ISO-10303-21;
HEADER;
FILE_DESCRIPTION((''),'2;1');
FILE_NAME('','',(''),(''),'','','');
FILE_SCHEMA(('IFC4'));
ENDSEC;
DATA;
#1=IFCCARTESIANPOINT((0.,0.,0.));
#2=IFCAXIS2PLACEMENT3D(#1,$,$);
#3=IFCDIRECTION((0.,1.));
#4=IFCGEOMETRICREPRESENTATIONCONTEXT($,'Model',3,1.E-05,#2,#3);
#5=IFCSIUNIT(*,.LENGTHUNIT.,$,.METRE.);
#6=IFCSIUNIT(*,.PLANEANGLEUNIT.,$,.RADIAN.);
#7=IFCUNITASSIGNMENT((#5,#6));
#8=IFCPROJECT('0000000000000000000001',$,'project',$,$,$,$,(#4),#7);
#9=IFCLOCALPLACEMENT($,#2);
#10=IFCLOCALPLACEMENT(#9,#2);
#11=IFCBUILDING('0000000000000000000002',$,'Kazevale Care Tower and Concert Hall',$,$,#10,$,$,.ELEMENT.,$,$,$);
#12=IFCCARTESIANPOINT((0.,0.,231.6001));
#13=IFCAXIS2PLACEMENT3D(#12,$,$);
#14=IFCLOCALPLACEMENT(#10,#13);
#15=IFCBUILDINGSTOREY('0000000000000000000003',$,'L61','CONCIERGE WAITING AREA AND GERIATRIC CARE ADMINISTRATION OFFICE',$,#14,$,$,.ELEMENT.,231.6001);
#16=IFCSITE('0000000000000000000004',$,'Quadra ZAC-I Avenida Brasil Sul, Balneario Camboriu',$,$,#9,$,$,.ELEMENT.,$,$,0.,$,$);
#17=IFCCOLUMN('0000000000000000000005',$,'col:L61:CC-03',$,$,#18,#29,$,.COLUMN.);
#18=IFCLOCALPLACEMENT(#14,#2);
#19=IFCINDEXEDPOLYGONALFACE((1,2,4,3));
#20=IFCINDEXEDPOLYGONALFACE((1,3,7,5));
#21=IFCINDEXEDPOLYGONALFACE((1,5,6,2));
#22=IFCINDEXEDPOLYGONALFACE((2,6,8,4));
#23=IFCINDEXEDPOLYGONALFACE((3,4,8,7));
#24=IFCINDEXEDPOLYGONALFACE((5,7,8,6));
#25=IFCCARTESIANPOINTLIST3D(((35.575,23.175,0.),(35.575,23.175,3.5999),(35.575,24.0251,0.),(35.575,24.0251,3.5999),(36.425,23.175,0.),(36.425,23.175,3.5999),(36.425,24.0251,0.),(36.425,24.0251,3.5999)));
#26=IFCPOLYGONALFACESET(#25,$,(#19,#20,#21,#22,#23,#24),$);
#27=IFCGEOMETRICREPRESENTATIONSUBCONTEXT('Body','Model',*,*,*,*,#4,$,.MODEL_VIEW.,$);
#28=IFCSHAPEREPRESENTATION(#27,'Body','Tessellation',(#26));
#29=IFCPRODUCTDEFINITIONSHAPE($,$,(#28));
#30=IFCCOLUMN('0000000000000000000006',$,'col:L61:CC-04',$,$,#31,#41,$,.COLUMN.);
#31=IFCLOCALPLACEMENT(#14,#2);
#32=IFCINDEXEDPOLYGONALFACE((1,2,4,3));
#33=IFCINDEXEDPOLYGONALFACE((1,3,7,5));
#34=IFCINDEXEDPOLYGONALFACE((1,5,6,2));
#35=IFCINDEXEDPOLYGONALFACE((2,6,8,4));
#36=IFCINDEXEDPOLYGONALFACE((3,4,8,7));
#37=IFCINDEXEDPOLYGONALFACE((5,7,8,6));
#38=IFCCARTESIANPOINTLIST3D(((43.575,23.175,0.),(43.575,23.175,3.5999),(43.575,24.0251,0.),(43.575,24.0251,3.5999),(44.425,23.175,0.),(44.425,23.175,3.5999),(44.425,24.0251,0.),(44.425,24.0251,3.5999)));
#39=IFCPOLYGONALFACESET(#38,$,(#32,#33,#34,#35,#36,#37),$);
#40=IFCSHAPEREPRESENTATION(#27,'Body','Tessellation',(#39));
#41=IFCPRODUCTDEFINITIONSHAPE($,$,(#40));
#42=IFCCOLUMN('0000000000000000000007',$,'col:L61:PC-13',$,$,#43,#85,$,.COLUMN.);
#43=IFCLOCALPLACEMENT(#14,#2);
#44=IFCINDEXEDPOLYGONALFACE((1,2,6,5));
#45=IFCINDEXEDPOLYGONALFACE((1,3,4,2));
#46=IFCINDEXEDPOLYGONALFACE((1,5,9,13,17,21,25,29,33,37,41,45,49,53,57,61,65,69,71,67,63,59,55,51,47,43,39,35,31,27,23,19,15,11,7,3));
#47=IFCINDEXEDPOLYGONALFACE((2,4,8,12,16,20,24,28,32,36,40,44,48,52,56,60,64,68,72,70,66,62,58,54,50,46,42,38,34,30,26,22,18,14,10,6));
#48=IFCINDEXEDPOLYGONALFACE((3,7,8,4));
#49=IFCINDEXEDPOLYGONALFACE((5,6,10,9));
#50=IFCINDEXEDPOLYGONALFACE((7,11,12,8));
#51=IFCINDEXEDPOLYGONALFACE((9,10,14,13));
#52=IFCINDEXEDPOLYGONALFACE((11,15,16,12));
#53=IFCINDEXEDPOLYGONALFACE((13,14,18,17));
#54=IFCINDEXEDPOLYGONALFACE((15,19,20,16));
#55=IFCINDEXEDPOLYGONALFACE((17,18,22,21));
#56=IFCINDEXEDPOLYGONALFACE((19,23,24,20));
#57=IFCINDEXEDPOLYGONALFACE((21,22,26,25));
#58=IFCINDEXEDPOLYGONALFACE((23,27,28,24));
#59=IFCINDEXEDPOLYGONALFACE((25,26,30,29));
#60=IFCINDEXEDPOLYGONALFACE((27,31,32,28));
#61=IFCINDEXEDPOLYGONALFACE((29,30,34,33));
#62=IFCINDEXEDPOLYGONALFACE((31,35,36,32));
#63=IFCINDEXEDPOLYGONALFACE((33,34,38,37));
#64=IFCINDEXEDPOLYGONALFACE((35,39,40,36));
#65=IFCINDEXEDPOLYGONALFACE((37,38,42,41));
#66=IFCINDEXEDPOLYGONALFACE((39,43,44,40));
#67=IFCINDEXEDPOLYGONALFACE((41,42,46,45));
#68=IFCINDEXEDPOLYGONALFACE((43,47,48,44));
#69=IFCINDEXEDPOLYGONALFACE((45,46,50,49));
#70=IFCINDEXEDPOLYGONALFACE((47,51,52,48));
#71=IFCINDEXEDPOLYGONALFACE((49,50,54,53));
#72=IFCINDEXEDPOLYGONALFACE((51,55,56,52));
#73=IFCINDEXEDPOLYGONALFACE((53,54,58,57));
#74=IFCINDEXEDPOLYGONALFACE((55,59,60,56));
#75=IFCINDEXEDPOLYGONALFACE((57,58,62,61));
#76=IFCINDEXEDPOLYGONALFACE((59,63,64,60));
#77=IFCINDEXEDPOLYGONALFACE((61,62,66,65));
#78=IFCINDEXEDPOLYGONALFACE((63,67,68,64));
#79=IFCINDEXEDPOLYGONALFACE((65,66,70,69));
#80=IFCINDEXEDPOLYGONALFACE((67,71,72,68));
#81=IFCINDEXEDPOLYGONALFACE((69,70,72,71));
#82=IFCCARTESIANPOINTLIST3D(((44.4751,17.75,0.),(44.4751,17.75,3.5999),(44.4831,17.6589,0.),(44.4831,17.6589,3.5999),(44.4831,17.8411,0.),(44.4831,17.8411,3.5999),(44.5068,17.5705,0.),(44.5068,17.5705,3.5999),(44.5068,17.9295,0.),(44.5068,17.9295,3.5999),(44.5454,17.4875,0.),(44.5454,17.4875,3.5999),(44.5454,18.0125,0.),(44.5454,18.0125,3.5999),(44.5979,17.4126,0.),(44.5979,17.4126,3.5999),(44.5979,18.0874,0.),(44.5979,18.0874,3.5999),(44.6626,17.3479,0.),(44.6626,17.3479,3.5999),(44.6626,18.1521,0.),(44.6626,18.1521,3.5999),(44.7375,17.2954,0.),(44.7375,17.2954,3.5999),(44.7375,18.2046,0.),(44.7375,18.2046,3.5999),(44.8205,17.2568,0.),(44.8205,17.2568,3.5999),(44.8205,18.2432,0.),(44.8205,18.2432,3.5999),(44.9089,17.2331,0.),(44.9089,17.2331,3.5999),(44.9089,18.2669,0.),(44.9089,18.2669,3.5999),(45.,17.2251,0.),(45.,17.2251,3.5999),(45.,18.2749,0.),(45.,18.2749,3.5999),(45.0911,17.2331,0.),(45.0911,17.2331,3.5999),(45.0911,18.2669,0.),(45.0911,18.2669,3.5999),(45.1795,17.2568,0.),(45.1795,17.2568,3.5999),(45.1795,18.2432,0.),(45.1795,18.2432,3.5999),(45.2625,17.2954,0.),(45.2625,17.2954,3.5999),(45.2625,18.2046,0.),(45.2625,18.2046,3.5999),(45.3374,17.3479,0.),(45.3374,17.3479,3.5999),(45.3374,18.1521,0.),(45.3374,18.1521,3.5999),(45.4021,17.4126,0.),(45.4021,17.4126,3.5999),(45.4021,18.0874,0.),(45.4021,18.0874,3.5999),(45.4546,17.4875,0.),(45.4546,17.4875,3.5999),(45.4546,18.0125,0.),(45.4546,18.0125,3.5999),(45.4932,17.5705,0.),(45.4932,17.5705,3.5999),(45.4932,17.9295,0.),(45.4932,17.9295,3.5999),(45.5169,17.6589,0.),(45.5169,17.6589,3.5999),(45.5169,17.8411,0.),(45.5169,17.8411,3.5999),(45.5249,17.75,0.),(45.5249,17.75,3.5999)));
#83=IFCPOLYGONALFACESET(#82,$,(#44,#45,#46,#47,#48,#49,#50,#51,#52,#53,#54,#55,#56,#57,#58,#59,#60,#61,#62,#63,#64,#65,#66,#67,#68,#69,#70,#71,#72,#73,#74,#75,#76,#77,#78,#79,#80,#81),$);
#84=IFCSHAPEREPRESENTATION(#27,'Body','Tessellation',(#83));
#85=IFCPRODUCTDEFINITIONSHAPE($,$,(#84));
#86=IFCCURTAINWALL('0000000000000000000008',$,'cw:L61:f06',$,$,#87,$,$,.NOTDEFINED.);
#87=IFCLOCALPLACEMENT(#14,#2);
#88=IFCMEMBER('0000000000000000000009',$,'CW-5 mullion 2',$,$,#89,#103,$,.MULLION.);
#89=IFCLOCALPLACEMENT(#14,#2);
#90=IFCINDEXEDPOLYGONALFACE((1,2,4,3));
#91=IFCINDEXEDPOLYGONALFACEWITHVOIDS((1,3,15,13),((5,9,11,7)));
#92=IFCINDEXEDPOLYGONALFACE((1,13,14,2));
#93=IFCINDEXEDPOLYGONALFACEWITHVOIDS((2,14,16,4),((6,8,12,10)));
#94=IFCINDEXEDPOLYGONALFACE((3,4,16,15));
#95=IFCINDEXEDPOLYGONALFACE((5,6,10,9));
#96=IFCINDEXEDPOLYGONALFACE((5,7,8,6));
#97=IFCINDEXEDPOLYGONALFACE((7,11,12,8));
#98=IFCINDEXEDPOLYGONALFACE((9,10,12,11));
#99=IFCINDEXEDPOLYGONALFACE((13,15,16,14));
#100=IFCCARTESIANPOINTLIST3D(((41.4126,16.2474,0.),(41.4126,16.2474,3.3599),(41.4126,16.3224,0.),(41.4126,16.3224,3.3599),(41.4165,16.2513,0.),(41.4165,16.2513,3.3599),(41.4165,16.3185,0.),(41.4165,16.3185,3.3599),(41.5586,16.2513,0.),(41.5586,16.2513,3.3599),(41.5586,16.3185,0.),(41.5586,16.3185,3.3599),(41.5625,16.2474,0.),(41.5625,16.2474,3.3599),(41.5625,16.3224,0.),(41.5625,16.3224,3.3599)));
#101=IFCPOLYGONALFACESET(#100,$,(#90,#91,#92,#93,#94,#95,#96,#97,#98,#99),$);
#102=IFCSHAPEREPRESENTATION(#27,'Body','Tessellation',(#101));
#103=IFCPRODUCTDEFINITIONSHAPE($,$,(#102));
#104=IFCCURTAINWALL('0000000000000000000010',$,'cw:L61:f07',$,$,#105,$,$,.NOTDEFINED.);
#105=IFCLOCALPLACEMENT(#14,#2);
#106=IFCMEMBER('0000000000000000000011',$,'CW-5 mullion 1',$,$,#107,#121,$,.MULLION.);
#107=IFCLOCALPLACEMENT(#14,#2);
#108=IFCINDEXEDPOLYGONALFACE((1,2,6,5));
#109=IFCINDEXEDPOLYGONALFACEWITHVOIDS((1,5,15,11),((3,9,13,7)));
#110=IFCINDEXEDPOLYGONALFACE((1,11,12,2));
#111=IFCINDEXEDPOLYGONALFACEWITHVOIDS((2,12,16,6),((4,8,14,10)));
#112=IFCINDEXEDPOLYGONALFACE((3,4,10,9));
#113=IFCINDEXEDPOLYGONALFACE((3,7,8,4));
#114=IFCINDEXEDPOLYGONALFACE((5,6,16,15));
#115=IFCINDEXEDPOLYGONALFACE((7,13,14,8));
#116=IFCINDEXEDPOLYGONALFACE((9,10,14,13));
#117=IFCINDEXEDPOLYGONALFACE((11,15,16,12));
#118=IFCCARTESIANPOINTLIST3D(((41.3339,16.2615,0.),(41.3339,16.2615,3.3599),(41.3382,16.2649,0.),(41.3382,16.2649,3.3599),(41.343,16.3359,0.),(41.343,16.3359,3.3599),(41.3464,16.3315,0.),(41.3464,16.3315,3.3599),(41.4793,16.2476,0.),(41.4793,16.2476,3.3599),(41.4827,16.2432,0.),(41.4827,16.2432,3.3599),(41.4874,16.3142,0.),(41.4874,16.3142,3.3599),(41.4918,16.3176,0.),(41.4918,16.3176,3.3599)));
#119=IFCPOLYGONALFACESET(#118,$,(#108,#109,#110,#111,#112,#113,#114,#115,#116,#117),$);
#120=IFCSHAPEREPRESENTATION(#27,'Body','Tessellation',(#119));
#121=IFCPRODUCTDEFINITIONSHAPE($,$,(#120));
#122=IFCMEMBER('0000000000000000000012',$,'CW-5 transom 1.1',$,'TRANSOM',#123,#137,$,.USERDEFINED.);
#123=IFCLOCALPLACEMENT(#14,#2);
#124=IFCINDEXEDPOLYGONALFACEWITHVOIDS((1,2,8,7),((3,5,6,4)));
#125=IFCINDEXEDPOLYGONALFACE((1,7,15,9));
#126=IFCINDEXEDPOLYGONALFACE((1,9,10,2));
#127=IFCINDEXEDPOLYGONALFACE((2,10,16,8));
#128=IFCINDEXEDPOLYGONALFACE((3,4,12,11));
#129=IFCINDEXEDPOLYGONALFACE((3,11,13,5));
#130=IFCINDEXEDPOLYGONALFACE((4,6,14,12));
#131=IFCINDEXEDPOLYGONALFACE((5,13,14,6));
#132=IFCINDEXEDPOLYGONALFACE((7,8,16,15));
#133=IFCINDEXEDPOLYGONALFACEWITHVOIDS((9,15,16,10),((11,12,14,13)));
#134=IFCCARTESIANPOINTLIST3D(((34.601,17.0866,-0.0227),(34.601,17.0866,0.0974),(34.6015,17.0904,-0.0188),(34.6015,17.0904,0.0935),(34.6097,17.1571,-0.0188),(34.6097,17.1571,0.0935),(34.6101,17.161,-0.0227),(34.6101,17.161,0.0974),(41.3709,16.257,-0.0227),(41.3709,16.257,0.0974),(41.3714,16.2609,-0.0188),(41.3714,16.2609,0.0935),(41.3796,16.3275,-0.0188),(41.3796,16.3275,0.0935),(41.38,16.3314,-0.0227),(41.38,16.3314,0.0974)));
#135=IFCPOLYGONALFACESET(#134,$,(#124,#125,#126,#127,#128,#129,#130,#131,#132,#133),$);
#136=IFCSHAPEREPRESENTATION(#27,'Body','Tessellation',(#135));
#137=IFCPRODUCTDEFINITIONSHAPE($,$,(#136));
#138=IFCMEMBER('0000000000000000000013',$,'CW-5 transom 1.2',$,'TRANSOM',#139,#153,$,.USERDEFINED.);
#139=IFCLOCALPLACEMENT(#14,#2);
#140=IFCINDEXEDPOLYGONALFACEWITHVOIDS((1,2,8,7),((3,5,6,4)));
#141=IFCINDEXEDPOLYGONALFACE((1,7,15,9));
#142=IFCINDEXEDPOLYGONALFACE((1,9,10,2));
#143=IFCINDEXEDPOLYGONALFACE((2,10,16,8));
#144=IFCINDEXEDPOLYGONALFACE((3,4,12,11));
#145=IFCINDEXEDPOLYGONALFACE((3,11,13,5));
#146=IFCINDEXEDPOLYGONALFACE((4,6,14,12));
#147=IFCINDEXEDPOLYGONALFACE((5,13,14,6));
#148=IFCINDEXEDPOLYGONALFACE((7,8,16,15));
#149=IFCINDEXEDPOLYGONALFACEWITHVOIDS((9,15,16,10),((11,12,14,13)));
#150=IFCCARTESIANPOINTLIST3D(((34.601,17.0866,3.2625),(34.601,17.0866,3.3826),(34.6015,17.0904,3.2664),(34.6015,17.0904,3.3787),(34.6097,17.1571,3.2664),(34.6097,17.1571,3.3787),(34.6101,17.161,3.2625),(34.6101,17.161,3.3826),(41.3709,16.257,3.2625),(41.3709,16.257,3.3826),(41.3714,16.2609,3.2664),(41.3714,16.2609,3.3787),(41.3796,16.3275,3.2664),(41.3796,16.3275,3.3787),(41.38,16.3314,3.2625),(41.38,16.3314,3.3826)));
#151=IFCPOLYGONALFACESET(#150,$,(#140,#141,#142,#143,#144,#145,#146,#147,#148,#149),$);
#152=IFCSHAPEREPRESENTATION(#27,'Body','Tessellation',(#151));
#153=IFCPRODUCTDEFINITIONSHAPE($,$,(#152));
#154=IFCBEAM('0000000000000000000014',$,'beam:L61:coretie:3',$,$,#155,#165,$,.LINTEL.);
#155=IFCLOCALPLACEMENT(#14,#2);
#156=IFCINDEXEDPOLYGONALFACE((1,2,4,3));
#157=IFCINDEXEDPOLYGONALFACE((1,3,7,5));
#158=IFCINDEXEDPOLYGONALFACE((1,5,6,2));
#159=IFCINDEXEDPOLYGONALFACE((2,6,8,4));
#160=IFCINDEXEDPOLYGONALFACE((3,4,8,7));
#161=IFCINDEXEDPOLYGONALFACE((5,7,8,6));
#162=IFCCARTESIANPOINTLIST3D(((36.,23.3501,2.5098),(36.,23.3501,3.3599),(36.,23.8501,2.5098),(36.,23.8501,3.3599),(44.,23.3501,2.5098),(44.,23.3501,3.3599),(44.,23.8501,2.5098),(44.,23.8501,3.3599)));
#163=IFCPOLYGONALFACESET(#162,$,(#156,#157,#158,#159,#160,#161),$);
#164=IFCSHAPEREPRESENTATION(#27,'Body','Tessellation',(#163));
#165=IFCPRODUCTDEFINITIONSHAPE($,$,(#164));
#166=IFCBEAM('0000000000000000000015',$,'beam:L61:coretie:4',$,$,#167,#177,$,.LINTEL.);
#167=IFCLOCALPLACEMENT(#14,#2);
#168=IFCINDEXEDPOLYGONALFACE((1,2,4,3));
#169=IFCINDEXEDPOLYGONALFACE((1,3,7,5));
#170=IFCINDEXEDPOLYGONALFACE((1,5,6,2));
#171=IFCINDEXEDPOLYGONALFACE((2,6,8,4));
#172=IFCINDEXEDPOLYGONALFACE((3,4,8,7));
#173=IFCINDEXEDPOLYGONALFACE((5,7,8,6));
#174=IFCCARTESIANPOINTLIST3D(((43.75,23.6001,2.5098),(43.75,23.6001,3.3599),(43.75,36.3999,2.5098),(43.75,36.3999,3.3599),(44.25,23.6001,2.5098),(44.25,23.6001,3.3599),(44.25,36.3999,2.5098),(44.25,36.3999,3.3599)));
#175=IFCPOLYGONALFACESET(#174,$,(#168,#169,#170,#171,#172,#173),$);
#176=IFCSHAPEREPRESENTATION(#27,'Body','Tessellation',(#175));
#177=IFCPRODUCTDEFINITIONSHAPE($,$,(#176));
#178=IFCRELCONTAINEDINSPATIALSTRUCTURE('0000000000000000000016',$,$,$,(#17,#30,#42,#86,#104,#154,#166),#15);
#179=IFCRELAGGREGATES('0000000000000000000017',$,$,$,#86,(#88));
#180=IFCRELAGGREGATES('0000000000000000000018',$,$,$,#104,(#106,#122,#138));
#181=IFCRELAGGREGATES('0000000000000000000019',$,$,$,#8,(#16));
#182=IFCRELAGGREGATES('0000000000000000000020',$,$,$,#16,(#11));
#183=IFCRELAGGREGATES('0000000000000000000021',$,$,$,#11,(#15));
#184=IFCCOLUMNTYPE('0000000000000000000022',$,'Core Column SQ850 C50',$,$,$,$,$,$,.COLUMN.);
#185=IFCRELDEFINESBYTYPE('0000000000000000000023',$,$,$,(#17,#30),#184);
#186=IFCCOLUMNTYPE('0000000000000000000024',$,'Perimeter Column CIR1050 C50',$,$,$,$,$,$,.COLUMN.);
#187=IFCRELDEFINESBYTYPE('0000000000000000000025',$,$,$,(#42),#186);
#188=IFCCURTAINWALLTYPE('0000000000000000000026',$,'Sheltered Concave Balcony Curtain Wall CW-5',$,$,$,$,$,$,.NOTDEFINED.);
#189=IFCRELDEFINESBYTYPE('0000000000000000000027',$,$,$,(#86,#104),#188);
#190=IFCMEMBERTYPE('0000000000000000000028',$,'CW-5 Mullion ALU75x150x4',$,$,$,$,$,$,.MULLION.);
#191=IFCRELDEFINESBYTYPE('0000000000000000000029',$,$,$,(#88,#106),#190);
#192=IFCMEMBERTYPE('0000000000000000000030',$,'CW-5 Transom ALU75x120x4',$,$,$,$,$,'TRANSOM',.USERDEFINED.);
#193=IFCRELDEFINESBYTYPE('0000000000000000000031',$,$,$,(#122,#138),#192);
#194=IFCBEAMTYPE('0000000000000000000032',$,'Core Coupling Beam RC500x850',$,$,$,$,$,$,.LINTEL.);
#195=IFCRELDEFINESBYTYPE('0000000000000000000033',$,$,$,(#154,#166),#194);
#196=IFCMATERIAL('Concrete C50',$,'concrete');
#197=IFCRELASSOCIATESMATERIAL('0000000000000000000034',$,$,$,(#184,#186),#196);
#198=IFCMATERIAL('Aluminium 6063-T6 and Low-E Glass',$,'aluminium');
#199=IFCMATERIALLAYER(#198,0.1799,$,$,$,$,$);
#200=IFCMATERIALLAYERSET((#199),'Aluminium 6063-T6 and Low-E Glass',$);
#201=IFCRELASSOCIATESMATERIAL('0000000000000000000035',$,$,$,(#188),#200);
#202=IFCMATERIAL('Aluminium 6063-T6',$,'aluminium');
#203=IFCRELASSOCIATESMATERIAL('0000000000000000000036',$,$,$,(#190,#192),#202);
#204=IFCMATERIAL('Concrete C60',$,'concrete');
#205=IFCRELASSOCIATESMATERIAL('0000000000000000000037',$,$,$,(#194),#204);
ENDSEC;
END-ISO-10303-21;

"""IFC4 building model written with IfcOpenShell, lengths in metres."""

from ifc_helpers import new_model, si_unit, direction, frame, origin, origin_2d, place, context, subcontext, project, spatial, rectangle, hollow_rectangle, circle, extrude, material, layer, layer_set, material_profile, profile_set, type_object, element, aggregate, save


model = new_model("IFC4")

# Units and contexts
model_context = context("Model", 3, precision=1e-05, world=origin(), true_north=direction((0.0, 1.0)))
body_context = subcontext(model_context, "Body", "Model", "MODEL_VIEW")
ifc_project = project(units=[si_unit("LENGTHUNIT", "METRE"), si_unit("PLANEANGLEUNIT", "RADIAN")], contexts=[model_context])

# Site, building, storey
site_placement = place(None, origin())
site = spatial("IfcSite", under=ifc_project, at=site_placement, Name="Quadra ZAC-I Avenida Brasil Sul, Balneario Camboriu", CompositionType="ELEMENT", RefElevation=0.0)
building_placement = place(site_placement, origin())
building = spatial("IfcBuilding", under=site, at=building_placement, Name="Kazevale Care Tower and Concert Hall", CompositionType="ELEMENT")
storey_placement = place(building_placement, frame((0.0, 0.0, 231.6001)))
storey = spatial("IfcBuildingStorey", under=building, at=storey_placement, Name="L61", Description="CONCIERGE WAITING AREA AND GERIATRIC CARE ADMINISTRATION OFFICE", CompositionType="ELEMENT", Elevation=231.6001)

# Columns
ifc_material_1 = material(Name="Concrete C50", Category="concrete")
ifc_material_profile_1 = material_profile(ifc_material_1, rectangle(XDim=0.8501, YDim=0.8501, at=origin_2d()), Name="RC-SQ850")
ifc_profile_set_1 = profile_set([ifc_material_profile_1], Name="Concrete C50")
column_type_1 = type_object("IfcColumnType", Name="Core Column SQ850 C50", PredefinedType="COLUMN", material=ifc_profile_set_1)
for number, where, z_axis, x_axis, name in (
    (1, (36.0, 23.6001, 0.0), (0.0, 0.0, 1.0), (1.0, 0.0, 0.0), "col:L61:CC-03"),
    (2, (44.0, 23.6001, 0.0), (0.0, 0.0, 1.0), (1.0, 0.0, 0.0), "col:L61:CC-04"),
):
    element("IfcColumn", number, at=place(storey_placement, frame(where, z_axis=z_axis, x_axis=x_axis)), inside=storey, type_object=column_type_1, Name=name, PredefinedType="COLUMN", context=body_context, shape_type="SweptSolid", body=[
        extrude(rectangle(XDim=0.8501, YDim=0.8501, at=origin_2d()), origin(), (0.0, 0.0, 1.0), 3.5999),
    ])
ifc_material_profile_2 = material_profile(ifc_material_1, circle(Radius=0.5249, at=origin_2d()), Name="RC-CIR1050")
ifc_profile_set_2 = profile_set([ifc_material_profile_2], Name="Concrete C50")
column_type_2 = type_object("IfcColumnType", Name="Perimeter Column CIR1050 C50", PredefinedType="COLUMN", material=ifc_profile_set_2)
column_placement = place(storey_placement, frame((45.0, 17.75, 0.0), z_axis=(0.0, 0.0, 1.0), x_axis=(1.0, 0.0, 0.0)))
element("IfcColumn", 3, at=column_placement, inside=storey, type_object=column_type_2, Name="col:L61:PC-13", PredefinedType="COLUMN", context=body_context, shape_type="SweptSolid", body=[
    extrude(circle(Radius=0.5249, at=origin_2d()), origin(), (0.0, 0.0, 1.0), 3.5999),
])

# Curtain wall, member
ifc_material_2 = material(Name="Aluminium 6063-T6 and Low-E Glass", Category="aluminium")
ifc_layer_1 = layer(ifc_material_2, 0.1799)
ifc_layer_set_1 = layer_set([ifc_layer_1], Name="Aluminium 6063-T6 and Low-E Glass")
curtain_wall_type = type_object("IfcCurtainWallType", Name="Sheltered Concave Balcony Curtain Wall CW-5", PredefinedType="NOTDEFINED", material=ifc_layer_set_1)
curtain_wall_1_placement = place(storey_placement, origin())
curtain_wall_1 = element("IfcCurtainWall", 4, at=curtain_wall_1_placement, inside=storey, type_object=curtain_wall_type, Name="cw:L61:f06", PredefinedType="NOTDEFINED")
ifc_material_3 = material(Name="Aluminium 6063-T6", Category="aluminium")
ifc_material_profile_3 = material_profile(ifc_material_3, hollow_rectangle(XDim=0.075, YDim=0.1499, WallThickness=0.0039, at=origin_2d()), Name="ALU75x150x4")
ifc_profile_set_3 = profile_set([ifc_material_profile_3], Name="Aluminium 6063-T6")
member_type_1 = type_object("IfcMemberType", Name="CW-5 Mullion ALU75x150x4", PredefinedType="MULLION", material=ifc_profile_set_3)
member_1_placement = place(storey_placement, frame((41.4875, 16.2849, 0.0), z_axis=(0.0, 0.0, 1.0), x_axis=(0.0, -1.0, 0.0)))
member_1 = element("IfcMember", 5, at=member_1_placement, type_object=member_type_1, Name="CW-5 mullion 2", PredefinedType="MULLION", context=body_context, shape_type="SweptSolid", body=[
    extrude(hollow_rectangle(XDim=0.075, YDim=0.1499, WallThickness=0.0039, at=origin_2d()), origin(), (0.0, 0.0, 1.0), 3.3599),
])

# Curtain wall, members
curtain_wall_2_placement = place(storey_placement, origin())
curtain_wall_2 = element("IfcCurtainWall", 6, at=curtain_wall_2_placement, inside=storey, type_object=curtain_wall_type, Name="cw:L61:f07", PredefinedType="NOTDEFINED")
member_2_placement = place(storey_placement, frame((41.4128, 16.2896, 0.0), z_axis=(0.0, 0.0, 1.0), x_axis=(-0.121651, -0.992573, 0.0)))
member_2 = element("IfcMember", 7, at=member_2_placement, type_object=member_type_1, Name="CW-5 mullion 1", PredefinedType="MULLION", context=body_context, shape_type="SweptSolid", body=[
    extrude(hollow_rectangle(XDim=0.075, YDim=0.1499, WallThickness=0.0039, at=origin_2d()), origin(), (0.0, 0.0, 1.0), 3.3599),
])
ifc_material_profile_4 = material_profile(ifc_material_3, hollow_rectangle(XDim=0.075, YDim=0.1201, WallThickness=0.0039, at=origin_2d()), Name="ALU75x120x4")
ifc_profile_set_4 = profile_set([ifc_material_profile_4], Name="Aluminium 6063-T6")
member_type_2 = type_object("IfcMemberType", Name="CW-5 Transom ALU75x120x4", ElementType="TRANSOM", PredefinedType="USERDEFINED", material=ifc_profile_set_4)
member_3_placement = place(storey_placement, frame((41.3755, 16.2942, 0.0374), z_axis=(-0.992576, 0.121629, 0.0), x_axis=(-0.121629, -0.992576, 0.0)))
member_3 = element("IfcMember", 8, at=member_3_placement, type_object=member_type_2, Name="CW-5 transom 1.1", ObjectType="TRANSOM", PredefinedType="USERDEFINED", context=body_context, shape_type="SweptSolid", body=[
    extrude(hollow_rectangle(XDim=0.075, YDim=0.1201, WallThickness=0.0039, at=origin_2d()), origin(), (0.0, 0.0, 1.0), 6.8206),
])
member_4_placement = place(storey_placement, frame((41.3755, 16.2942, 3.3225), z_axis=(-0.992576, 0.121629, 0.0), x_axis=(-0.121629, -0.992576, 0.0)))
member_4 = element("IfcMember", 9, at=member_4_placement, type_object=member_type_2, Name="CW-5 transom 1.2", ObjectType="TRANSOM", PredefinedType="USERDEFINED", context=body_context, shape_type="SweptSolid", body=[
    extrude(hollow_rectangle(XDim=0.075, YDim=0.1201, WallThickness=0.0039, at=origin_2d()), origin(), (0.0, 0.0, 1.0), 6.8206),
])

# Beams
ifc_material_4 = material(Name="Concrete C60", Category="concrete")
ifc_material_profile_5 = material_profile(ifc_material_4, rectangle(XDim=0.5, YDim=0.8501, at=origin_2d()), Name="RC-B500x850")
ifc_profile_set_5 = profile_set([ifc_material_profile_5], Name="Concrete C60")
beam_type_1 = type_object("IfcBeamType", Name="Core Coupling Beam RC500x850", PredefinedType="LINTEL", material=ifc_profile_set_5)
beam_1_placement = place(storey_placement, frame((36.0, 23.6001, 2.9348), z_axis=(1.0, 0.0, 0.0), x_axis=(0.0, 1.0, 0.0)))
element("IfcBeam", 10, at=beam_1_placement, inside=storey, type_object=beam_type_1, Name="beam:L61:coretie:3", PredefinedType="LINTEL", context=body_context, shape_type="SweptSolid", body=[
    extrude(rectangle(XDim=0.5, YDim=0.8501, at=origin_2d()), origin(), (0.0, 0.0, 1.0), 8.0),
])
beam_2_placement = place(storey_placement, frame((44.0, 23.6001, 2.9348), z_axis=(0.0, 1.0, 0.0), x_axis=(-1.0, 0.0, 0.0)))
element("IfcBeam", 11, at=beam_2_placement, inside=storey, type_object=beam_type_1, Name="beam:L61:coretie:4", PredefinedType="LINTEL", context=body_context, shape_type="SweptSolid", body=[
    extrude(rectangle(XDim=0.5, YDim=0.8501, at=origin_2d()), origin(), (0.0, 0.0, 1.0), 12.7998),
])

aggregate(curtain_wall_1, [member_1])
aggregate(curtain_wall_2, [member_2, member_3, member_4])

save(model, "model.ifc")
